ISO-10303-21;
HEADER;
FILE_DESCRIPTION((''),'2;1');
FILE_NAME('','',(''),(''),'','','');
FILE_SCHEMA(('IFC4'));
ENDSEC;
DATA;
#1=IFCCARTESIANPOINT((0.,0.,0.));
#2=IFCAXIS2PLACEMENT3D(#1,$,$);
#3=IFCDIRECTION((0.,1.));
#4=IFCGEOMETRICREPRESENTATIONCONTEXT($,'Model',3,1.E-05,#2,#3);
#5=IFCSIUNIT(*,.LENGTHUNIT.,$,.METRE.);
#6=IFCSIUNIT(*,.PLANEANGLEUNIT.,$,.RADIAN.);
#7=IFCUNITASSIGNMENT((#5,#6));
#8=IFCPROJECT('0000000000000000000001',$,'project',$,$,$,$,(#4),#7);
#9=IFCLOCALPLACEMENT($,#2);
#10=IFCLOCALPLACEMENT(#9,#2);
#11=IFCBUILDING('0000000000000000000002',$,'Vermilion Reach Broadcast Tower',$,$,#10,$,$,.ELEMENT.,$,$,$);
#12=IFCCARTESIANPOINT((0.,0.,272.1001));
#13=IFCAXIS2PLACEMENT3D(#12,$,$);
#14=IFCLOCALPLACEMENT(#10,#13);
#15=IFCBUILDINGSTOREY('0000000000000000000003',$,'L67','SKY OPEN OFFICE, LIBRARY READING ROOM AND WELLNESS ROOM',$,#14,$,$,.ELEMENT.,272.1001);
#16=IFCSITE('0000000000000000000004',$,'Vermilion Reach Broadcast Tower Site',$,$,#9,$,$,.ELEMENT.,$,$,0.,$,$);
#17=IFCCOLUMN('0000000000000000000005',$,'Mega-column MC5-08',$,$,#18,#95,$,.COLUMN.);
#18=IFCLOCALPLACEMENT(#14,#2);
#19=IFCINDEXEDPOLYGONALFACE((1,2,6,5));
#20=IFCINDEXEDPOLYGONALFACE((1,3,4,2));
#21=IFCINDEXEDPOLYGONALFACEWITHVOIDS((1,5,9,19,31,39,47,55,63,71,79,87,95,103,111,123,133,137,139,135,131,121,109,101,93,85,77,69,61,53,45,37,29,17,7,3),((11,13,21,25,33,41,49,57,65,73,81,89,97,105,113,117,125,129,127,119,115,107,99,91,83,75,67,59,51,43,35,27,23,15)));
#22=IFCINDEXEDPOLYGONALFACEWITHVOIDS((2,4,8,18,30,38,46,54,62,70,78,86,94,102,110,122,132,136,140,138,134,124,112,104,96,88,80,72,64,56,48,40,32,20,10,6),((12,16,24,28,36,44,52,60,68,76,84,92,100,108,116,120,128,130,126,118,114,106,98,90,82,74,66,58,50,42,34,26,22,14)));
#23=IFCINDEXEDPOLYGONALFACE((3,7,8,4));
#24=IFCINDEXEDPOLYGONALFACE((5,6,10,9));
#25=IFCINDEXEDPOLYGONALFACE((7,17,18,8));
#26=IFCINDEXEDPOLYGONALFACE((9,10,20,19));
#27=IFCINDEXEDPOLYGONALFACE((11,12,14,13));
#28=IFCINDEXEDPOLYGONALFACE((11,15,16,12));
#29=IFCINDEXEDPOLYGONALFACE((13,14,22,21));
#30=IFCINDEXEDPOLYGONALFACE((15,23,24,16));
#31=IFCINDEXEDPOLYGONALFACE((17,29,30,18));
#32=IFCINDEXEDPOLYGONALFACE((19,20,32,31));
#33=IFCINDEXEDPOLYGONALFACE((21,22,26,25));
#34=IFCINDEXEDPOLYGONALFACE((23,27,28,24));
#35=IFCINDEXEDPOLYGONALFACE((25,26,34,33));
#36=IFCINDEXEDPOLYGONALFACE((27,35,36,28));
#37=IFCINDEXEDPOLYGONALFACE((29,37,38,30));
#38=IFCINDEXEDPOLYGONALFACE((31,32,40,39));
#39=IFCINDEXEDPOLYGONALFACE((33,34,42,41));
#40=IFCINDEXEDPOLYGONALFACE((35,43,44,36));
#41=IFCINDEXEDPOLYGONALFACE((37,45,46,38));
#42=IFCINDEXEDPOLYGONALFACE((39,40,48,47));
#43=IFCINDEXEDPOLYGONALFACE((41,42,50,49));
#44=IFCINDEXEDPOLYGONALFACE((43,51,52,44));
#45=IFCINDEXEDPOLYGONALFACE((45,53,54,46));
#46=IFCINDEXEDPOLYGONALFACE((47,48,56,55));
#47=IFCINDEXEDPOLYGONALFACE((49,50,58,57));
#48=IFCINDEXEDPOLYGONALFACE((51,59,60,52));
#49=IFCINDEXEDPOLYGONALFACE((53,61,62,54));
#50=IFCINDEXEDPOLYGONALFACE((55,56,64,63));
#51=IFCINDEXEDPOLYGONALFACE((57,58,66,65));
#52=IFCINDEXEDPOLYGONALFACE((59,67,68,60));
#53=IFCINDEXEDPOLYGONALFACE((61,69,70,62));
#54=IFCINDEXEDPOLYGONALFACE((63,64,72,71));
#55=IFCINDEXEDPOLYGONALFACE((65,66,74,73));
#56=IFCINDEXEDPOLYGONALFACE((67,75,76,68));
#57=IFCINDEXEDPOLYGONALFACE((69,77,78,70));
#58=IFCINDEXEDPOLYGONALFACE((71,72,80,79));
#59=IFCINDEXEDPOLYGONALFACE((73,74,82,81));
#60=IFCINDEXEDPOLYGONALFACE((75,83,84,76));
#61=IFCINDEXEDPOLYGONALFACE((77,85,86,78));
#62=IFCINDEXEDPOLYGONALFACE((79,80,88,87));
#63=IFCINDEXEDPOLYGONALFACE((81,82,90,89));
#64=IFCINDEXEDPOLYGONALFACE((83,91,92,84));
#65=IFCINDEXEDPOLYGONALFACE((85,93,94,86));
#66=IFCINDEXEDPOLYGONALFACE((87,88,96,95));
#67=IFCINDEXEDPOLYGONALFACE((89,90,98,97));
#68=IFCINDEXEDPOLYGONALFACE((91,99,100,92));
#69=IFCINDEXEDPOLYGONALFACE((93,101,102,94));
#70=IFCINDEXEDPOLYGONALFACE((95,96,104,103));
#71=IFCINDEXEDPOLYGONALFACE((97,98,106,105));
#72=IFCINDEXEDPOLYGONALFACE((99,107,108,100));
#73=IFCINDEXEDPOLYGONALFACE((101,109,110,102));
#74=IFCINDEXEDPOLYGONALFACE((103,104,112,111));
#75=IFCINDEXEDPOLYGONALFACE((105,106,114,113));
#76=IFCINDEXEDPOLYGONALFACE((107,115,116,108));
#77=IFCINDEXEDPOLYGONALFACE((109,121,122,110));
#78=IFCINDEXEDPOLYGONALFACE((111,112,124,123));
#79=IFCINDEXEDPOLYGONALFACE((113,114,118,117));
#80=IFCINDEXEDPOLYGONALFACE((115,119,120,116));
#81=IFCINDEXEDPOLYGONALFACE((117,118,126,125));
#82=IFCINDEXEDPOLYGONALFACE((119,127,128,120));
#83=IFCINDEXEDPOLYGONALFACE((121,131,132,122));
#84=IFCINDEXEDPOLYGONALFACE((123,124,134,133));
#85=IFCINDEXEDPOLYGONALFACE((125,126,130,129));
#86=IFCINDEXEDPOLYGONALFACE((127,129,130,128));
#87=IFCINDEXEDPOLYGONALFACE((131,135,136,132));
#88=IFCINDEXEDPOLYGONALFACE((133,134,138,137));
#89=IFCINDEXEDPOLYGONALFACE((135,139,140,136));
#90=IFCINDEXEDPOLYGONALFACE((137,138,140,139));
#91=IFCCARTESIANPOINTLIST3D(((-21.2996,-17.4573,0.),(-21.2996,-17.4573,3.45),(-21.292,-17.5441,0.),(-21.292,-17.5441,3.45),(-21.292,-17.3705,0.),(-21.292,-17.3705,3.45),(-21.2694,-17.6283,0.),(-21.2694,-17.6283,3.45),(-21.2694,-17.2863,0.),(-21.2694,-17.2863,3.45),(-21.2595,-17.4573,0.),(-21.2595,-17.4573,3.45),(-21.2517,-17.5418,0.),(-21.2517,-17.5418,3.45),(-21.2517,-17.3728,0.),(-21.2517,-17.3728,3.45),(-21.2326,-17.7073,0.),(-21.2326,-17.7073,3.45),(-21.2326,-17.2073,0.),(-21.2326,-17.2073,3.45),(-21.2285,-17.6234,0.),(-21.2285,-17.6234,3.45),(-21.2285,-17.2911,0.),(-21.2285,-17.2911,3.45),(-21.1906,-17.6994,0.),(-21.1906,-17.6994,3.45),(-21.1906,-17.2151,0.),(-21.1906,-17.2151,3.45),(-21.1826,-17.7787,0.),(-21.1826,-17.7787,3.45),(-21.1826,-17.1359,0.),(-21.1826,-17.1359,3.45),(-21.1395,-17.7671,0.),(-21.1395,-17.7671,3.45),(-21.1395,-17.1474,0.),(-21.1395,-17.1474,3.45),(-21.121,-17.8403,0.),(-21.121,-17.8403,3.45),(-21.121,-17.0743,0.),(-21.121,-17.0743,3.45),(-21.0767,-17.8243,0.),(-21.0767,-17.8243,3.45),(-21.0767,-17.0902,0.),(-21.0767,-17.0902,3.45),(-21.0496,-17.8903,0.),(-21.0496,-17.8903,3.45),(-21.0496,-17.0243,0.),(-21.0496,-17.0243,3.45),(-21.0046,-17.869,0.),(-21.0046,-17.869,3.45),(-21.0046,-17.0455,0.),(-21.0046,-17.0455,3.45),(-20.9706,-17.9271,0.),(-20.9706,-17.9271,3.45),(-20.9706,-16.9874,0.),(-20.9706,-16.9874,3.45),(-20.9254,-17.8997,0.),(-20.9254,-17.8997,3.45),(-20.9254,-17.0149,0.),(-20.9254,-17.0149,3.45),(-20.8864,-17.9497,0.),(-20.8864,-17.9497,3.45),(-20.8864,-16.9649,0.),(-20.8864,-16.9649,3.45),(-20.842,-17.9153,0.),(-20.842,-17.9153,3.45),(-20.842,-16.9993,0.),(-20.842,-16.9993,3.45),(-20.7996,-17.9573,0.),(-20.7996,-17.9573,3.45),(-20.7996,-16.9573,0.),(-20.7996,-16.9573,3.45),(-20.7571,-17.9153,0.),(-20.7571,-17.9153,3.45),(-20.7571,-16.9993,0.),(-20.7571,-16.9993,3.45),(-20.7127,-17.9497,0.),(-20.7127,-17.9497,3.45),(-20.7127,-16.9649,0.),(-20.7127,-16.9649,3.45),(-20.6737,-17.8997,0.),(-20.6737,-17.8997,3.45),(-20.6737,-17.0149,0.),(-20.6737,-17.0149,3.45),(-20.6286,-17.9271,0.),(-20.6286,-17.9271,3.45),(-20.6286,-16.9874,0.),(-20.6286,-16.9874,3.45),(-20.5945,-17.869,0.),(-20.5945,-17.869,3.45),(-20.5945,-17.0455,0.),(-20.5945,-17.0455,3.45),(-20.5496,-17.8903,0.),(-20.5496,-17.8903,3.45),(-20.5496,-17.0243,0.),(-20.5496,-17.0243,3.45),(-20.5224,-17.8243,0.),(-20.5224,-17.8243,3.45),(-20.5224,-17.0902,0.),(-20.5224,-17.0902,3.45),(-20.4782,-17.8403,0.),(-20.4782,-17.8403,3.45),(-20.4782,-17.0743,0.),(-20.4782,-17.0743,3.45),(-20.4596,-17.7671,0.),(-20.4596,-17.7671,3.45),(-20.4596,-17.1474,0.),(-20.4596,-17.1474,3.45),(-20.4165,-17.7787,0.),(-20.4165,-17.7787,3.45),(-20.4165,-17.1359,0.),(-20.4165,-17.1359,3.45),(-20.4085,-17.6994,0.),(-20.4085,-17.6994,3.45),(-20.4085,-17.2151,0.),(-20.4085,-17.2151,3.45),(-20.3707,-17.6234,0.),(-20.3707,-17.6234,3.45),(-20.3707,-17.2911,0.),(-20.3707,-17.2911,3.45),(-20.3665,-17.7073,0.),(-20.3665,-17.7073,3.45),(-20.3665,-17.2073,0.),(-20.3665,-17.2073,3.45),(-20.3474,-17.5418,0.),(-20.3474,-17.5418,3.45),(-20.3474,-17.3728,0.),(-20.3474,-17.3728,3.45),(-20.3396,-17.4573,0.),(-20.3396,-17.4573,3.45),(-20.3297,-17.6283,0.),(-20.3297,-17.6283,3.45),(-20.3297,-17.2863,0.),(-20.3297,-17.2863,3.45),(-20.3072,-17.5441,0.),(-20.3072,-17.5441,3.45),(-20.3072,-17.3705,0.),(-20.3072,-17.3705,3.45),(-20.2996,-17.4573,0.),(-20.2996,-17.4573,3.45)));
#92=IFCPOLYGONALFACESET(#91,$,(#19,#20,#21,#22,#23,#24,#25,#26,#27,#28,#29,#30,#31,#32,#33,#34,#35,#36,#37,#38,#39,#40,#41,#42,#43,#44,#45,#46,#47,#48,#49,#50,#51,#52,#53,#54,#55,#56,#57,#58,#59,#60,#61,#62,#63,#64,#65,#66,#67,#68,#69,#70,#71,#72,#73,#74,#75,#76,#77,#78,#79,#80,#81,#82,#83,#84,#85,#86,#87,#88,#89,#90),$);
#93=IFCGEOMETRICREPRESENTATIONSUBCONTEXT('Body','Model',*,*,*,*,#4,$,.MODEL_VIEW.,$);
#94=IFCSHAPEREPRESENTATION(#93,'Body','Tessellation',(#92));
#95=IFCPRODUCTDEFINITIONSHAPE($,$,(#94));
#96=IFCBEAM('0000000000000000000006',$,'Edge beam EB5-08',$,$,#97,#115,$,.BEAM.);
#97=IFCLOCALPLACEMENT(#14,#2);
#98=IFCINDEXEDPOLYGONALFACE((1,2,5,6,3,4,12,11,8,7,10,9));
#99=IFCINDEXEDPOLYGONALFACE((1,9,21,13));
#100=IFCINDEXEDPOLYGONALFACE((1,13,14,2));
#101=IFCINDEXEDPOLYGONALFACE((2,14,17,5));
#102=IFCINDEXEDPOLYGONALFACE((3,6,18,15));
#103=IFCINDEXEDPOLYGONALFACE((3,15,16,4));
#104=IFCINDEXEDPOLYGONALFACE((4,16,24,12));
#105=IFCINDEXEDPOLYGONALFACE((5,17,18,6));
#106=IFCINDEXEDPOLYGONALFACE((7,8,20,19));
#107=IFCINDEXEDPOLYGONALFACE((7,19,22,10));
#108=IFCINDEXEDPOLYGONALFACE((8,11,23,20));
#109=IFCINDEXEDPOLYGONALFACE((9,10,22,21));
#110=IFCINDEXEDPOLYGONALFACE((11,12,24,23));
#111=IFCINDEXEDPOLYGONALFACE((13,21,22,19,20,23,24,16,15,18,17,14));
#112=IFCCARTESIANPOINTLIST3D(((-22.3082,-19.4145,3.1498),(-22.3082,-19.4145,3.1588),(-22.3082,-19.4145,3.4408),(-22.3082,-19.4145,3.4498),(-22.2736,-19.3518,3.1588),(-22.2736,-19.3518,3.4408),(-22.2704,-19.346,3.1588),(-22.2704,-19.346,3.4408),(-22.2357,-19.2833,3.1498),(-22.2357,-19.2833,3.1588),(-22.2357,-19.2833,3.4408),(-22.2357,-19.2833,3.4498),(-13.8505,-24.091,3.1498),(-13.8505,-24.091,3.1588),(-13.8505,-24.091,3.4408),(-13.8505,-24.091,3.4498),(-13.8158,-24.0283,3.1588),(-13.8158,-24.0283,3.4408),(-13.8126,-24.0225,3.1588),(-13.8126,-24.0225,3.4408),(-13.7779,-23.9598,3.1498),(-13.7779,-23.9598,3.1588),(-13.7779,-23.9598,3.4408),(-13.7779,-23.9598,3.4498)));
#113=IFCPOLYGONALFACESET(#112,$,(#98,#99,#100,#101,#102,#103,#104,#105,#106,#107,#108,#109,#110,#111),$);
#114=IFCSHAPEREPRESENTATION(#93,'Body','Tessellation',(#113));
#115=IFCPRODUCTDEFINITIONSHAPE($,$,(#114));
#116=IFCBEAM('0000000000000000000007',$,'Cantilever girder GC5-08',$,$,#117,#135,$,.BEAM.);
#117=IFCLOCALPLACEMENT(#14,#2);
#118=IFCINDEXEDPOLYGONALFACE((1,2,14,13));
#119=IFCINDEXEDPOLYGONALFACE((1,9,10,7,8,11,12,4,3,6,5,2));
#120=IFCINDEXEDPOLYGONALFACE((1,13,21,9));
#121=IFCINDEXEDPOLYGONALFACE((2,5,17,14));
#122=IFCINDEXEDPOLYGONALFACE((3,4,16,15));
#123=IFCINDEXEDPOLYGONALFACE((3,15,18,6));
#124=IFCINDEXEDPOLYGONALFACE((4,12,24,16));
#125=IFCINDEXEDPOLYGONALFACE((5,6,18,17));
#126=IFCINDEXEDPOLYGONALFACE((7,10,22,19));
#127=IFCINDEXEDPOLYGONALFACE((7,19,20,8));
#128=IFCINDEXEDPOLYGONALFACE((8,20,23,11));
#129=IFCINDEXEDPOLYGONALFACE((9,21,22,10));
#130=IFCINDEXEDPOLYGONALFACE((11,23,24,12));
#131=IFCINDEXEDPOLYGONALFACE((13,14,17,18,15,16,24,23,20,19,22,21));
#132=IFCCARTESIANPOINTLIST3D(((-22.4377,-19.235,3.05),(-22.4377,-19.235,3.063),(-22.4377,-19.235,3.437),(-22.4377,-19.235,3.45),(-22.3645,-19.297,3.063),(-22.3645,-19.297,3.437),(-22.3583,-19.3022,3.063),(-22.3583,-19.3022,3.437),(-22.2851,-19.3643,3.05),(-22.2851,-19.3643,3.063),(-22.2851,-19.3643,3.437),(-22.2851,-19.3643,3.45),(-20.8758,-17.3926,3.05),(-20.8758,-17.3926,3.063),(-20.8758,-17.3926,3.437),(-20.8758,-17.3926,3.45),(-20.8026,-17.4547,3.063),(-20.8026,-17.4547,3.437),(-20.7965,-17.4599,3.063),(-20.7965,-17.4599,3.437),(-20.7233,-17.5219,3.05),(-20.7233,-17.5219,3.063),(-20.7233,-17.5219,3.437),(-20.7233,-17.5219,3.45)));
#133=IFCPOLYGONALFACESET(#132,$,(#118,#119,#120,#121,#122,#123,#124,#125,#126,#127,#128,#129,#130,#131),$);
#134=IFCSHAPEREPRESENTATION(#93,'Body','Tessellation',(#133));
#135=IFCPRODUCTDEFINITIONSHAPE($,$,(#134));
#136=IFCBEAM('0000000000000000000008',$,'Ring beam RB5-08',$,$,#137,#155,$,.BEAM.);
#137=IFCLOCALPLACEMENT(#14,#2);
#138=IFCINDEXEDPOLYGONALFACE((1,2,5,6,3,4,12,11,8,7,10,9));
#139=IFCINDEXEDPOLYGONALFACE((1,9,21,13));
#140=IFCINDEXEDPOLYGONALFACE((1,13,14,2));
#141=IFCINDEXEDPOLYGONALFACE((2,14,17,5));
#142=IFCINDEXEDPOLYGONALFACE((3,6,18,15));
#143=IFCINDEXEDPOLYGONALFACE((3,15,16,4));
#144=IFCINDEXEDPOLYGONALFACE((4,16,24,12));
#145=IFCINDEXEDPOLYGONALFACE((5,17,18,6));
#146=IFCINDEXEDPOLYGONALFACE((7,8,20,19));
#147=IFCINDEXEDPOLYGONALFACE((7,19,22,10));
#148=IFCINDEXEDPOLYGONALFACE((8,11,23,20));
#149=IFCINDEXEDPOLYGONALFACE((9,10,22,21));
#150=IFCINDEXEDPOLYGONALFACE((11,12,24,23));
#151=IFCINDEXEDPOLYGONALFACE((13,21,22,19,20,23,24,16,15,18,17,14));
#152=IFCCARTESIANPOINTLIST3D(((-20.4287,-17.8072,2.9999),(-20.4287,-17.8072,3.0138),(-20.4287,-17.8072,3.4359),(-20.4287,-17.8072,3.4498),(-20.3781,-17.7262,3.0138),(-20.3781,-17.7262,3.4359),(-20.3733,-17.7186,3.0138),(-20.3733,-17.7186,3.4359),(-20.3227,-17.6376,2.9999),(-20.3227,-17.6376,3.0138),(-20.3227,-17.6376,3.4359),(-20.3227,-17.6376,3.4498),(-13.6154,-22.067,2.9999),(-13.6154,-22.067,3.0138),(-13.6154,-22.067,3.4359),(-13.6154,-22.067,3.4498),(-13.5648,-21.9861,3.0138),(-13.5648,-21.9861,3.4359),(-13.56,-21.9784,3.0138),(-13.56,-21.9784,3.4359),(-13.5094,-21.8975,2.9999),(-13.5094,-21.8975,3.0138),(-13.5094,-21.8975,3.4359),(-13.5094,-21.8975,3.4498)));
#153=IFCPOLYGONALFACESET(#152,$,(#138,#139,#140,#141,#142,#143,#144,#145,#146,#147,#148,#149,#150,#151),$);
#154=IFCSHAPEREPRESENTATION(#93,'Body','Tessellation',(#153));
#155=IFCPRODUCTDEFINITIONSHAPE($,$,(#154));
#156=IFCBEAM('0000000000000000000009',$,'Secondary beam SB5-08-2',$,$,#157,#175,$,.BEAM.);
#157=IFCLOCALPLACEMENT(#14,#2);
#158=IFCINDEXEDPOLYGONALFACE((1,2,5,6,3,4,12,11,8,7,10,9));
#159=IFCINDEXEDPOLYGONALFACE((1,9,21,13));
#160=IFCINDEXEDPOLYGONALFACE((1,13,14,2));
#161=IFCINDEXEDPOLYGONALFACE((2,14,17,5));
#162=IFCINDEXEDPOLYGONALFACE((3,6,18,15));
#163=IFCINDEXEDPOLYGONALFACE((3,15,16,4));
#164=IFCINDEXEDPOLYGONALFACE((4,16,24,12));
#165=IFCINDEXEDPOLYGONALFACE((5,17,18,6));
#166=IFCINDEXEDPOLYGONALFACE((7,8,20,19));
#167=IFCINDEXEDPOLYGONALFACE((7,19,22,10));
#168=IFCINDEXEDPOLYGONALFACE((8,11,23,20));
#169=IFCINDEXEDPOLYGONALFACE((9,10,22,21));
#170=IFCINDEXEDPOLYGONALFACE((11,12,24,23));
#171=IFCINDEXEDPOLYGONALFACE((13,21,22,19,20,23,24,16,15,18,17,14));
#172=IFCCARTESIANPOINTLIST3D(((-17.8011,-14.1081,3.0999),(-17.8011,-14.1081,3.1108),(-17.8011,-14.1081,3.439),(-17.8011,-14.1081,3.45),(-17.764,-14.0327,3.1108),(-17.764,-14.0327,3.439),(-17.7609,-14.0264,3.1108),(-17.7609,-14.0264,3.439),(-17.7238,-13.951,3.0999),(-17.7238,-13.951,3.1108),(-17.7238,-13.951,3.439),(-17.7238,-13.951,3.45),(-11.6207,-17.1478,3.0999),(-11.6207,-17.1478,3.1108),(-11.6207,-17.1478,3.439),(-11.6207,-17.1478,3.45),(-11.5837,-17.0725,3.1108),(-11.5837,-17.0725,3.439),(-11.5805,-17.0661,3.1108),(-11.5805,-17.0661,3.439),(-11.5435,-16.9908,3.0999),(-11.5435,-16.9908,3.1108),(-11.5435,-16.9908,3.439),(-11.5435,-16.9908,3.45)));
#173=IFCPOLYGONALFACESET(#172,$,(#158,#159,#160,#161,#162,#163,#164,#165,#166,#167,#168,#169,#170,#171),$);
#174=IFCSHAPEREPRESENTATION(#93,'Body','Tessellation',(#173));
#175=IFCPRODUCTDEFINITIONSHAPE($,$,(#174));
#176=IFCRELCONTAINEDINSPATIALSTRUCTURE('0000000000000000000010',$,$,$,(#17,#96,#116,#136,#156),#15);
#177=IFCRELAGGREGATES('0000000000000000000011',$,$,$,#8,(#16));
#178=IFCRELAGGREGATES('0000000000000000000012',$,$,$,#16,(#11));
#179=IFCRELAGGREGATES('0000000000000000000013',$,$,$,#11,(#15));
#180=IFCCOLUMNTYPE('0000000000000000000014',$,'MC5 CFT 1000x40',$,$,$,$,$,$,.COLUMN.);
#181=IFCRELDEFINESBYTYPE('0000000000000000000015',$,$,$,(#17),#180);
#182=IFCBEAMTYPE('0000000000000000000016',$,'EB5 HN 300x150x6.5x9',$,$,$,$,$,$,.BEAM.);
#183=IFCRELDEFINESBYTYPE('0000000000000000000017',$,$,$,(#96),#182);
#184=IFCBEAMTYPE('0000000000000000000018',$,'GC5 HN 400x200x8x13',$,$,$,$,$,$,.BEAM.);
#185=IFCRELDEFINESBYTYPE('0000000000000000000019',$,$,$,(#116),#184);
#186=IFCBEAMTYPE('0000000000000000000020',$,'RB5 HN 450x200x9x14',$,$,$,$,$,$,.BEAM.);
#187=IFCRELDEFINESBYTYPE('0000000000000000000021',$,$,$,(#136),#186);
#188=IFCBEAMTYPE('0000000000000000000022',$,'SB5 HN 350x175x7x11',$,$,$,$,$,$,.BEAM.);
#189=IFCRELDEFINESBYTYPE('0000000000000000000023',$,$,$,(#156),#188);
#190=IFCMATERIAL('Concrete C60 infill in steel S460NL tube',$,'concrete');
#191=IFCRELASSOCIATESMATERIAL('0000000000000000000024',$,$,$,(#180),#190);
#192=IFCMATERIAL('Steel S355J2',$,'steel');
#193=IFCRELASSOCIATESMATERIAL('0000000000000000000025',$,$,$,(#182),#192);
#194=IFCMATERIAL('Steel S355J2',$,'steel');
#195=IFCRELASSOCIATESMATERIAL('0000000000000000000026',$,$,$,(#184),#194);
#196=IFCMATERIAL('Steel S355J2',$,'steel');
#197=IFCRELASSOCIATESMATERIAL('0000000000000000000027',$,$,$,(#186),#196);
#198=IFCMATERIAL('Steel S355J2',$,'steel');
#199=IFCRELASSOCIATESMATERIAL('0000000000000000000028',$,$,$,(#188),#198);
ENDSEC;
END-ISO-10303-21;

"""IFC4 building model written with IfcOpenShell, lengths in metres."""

from ifc_helpers import new_model, si_unit, direction, frame, origin, origin_2d, place, context, subcontext, project, spatial, hollow_circle, i_section, extrude, material, material_profile, profile_set, type_object, element, save


model = new_model("IFC4")

# Units and contexts
model_context = context("Model", 3, precision=1e-05, world=origin(), true_north=direction((0.0, 1.0)))
body_context = subcontext(model_context, "Body", "Model", "MODEL_VIEW")
ifc_project = project(units=[si_unit("LENGTHUNIT", "METRE"), si_unit("PLANEANGLEUNIT", "RADIAN")], contexts=[model_context])

# Site, building, storey
site_placement = place(None, origin())
site = spatial("IfcSite", under=ifc_project, at=site_placement, Name="Vermilion Reach Broadcast Tower Site", CompositionType="ELEMENT", RefElevation=0.0)
building_placement = place(site_placement, origin())
building = spatial("IfcBuilding", under=site, at=building_placement, Name="Vermilion Reach Broadcast Tower", CompositionType="ELEMENT")
storey_placement = place(building_placement, frame((0.0, 0.0, 272.1001)))
storey = spatial("IfcBuildingStorey", under=building, at=storey_placement, Name="L67", Description="SKY OPEN OFFICE, LIBRARY READING ROOM AND WELLNESS ROOM", CompositionType="ELEMENT", Elevation=272.1001)

# Column
ifc_material_1 = material(Name="Concrete C60 infill in steel S460NL tube", Category="concrete")
ifc_material_profile_1 = material_profile(ifc_material_1, hollow_circle(Radius=0.5, WallThickness=0.04, at=origin_2d()), Name="Concrete C60 infill in steel S460NL tube CFT 1000x40")
ifc_profile_set_1 = profile_set([ifc_material_profile_1], Name="Concrete C60 infill in steel S460NL tube")
column_type = type_object("IfcColumnType", Name="MC5 CFT 1000x40", PredefinedType="COLUMN", material=ifc_profile_set_1)
column_placement = place(storey_placement, frame((-20.7996, -17.4573, 0.0), z_axis=(0.0, 0.0, 1.0), x_axis=(1.0, 0.0, 0.0)))
element("IfcColumn", 1, at=column_placement, inside=storey, type_object=column_type, Name="Mega-column MC5-08", PredefinedType="COLUMN", context=body_context, shape_type="SweptSolid", body=[
    extrude(hollow_circle(Radius=0.5, WallThickness=0.04, at=origin_2d()), origin(), (0.0, 0.0, 1.0), 3.45),
])

# Beams
ifc_material_2 = material(Name="Steel S355J2", Category="steel")
ifc_material_profile_2 = material_profile(ifc_material_2, i_section(OverallWidth=0.1499, OverallDepth=0.3, WebThickness=0.0066, FlangeThickness=0.009, at=origin_2d()), Name="S355J2 HN 300x150x6.5x9")
ifc_profile_set_2 = profile_set([ifc_material_profile_2], Name="Steel S355J2")
beam_type_1 = type_object("IfcBeamType", Name="EB5 HN 300x150x6.5x9", PredefinedType="BEAM", material=ifc_profile_set_2)
beam_1_placement = place(storey_placement, frame((-22.272, -19.3489, 3.2998), z_axis=(0.875133, -0.483883, 0.0), x_axis=(0.483883, 0.875133, 0.0)))
element("IfcBeam", 2, at=beam_1_placement, inside=storey, type_object=beam_type_1, Name="Edge beam EB5-08", PredefinedType="BEAM", context=body_context, shape_type="SweptSolid", body=[
    extrude(i_section(OverallWidth=0.1499, OverallDepth=0.3, WebThickness=0.0066, FlangeThickness=0.009, at=origin_2d()), origin(), (0.0, 0.0, 1.0), 9.6646),
])
ifc_material_3 = material(Name="Steel S355J2", Category="steel")
ifc_material_profile_3 = material_profile(ifc_material_3, i_section(OverallWidth=0.2, OverallDepth=0.3999, WebThickness=0.0081, FlangeThickness=0.0129, at=origin_2d()), Name="S355J2 HN 400x200x8x13")
ifc_profile_set_3 = profile_set([ifc_material_profile_3], Name="Steel S355J2")
beam_type_2 = type_object("IfcBeamType", Name="GC5 HN 400x200x8x13", PredefinedType="BEAM", material=ifc_profile_set_3)
beam_2_placement = place(storey_placement, frame((-20.7996, -17.4573, 3.25), z_axis=(-0.646644, -0.762792, 0.0), x_axis=(0.762792, -0.646644, 0.0)))
element("IfcBeam", 3, at=beam_2_placement, inside=storey, type_object=beam_type_2, Name="Cantilever girder GC5-08", PredefinedType="BEAM", context=body_context, shape_type="SweptSolid", body=[
    extrude(i_section(OverallWidth=0.2, OverallDepth=0.3999, WebThickness=0.0081, FlangeThickness=0.0129, at=origin_2d()), origin(), (0.0, 0.0, 1.0), 2.4153),
])
ifc_material_4 = material(Name="Steel S355J2", Category="steel")
ifc_material_profile_4 = material_profile(ifc_material_4, i_section(OverallWidth=0.2, OverallDepth=0.45, WebThickness=0.009, FlangeThickness=0.0139, at=origin_2d()), Name="S355J2 HN 450x200x9x14")
ifc_profile_set_4 = profile_set([ifc_material_profile_4], Name="Steel S355J2")
beam_type_3 = type_object("IfcBeamType", Name="RB5 HN 450x200x9x14", PredefinedType="BEAM", material=ifc_profile_set_4)
beam_3_placement = place(storey_placement, frame((-20.3757, -17.7224, 3.2249), z_axis=(0.847915, -0.530133, 0.0), x_axis=(0.530133, 0.847915, 0.0)))
element("IfcBeam", 4, at=beam_3_placement, inside=storey, type_object=beam_type_3, Name="Ring beam RB5-08", PredefinedType="BEAM", context=body_context, shape_type="SweptSolid", body=[
    extrude(i_section(OverallWidth=0.2, OverallDepth=0.45, WebThickness=0.009, FlangeThickness=0.0139, at=origin_2d()), origin(), (0.0, 0.0, 1.0), 8.0354),
])
ifc_material_5 = material(Name="Steel S355J2", Category="steel")
ifc_material_profile_5 = material_profile(ifc_material_5, i_section(OverallWidth=0.175, OverallDepth=0.3501, WebThickness=0.0071, FlangeThickness=0.011, at=origin_2d()), Name="S355J2 HN 350x175x7x11")
ifc_profile_set_5 = profile_set([ifc_material_profile_5], Name="Steel S355J2")
beam_type_4 = type_object("IfcBeamType", Name="SB5 HN 350x175x7x11", PredefinedType="BEAM", material=ifc_profile_set_5)
beam_4_placement = place(storey_placement, frame((-17.7625, -14.0295, 3.2749), z_axis=(0.897336, -0.441348, 0.0), x_axis=(0.441348, 0.897336, 0.0)))
element("IfcBeam", 5, at=beam_4_placement, inside=storey, type_object=beam_type_4, Name="Secondary beam SB5-08-2", PredefinedType="BEAM", context=body_context, shape_type="SweptSolid", body=[
    extrude(i_section(OverallWidth=0.175, OverallDepth=0.3501, WebThickness=0.0071, FlangeThickness=0.011, at=origin_2d()), origin(), (0.0, 0.0, 1.0), 6.8875),
])

save(model, "model.ifc")
